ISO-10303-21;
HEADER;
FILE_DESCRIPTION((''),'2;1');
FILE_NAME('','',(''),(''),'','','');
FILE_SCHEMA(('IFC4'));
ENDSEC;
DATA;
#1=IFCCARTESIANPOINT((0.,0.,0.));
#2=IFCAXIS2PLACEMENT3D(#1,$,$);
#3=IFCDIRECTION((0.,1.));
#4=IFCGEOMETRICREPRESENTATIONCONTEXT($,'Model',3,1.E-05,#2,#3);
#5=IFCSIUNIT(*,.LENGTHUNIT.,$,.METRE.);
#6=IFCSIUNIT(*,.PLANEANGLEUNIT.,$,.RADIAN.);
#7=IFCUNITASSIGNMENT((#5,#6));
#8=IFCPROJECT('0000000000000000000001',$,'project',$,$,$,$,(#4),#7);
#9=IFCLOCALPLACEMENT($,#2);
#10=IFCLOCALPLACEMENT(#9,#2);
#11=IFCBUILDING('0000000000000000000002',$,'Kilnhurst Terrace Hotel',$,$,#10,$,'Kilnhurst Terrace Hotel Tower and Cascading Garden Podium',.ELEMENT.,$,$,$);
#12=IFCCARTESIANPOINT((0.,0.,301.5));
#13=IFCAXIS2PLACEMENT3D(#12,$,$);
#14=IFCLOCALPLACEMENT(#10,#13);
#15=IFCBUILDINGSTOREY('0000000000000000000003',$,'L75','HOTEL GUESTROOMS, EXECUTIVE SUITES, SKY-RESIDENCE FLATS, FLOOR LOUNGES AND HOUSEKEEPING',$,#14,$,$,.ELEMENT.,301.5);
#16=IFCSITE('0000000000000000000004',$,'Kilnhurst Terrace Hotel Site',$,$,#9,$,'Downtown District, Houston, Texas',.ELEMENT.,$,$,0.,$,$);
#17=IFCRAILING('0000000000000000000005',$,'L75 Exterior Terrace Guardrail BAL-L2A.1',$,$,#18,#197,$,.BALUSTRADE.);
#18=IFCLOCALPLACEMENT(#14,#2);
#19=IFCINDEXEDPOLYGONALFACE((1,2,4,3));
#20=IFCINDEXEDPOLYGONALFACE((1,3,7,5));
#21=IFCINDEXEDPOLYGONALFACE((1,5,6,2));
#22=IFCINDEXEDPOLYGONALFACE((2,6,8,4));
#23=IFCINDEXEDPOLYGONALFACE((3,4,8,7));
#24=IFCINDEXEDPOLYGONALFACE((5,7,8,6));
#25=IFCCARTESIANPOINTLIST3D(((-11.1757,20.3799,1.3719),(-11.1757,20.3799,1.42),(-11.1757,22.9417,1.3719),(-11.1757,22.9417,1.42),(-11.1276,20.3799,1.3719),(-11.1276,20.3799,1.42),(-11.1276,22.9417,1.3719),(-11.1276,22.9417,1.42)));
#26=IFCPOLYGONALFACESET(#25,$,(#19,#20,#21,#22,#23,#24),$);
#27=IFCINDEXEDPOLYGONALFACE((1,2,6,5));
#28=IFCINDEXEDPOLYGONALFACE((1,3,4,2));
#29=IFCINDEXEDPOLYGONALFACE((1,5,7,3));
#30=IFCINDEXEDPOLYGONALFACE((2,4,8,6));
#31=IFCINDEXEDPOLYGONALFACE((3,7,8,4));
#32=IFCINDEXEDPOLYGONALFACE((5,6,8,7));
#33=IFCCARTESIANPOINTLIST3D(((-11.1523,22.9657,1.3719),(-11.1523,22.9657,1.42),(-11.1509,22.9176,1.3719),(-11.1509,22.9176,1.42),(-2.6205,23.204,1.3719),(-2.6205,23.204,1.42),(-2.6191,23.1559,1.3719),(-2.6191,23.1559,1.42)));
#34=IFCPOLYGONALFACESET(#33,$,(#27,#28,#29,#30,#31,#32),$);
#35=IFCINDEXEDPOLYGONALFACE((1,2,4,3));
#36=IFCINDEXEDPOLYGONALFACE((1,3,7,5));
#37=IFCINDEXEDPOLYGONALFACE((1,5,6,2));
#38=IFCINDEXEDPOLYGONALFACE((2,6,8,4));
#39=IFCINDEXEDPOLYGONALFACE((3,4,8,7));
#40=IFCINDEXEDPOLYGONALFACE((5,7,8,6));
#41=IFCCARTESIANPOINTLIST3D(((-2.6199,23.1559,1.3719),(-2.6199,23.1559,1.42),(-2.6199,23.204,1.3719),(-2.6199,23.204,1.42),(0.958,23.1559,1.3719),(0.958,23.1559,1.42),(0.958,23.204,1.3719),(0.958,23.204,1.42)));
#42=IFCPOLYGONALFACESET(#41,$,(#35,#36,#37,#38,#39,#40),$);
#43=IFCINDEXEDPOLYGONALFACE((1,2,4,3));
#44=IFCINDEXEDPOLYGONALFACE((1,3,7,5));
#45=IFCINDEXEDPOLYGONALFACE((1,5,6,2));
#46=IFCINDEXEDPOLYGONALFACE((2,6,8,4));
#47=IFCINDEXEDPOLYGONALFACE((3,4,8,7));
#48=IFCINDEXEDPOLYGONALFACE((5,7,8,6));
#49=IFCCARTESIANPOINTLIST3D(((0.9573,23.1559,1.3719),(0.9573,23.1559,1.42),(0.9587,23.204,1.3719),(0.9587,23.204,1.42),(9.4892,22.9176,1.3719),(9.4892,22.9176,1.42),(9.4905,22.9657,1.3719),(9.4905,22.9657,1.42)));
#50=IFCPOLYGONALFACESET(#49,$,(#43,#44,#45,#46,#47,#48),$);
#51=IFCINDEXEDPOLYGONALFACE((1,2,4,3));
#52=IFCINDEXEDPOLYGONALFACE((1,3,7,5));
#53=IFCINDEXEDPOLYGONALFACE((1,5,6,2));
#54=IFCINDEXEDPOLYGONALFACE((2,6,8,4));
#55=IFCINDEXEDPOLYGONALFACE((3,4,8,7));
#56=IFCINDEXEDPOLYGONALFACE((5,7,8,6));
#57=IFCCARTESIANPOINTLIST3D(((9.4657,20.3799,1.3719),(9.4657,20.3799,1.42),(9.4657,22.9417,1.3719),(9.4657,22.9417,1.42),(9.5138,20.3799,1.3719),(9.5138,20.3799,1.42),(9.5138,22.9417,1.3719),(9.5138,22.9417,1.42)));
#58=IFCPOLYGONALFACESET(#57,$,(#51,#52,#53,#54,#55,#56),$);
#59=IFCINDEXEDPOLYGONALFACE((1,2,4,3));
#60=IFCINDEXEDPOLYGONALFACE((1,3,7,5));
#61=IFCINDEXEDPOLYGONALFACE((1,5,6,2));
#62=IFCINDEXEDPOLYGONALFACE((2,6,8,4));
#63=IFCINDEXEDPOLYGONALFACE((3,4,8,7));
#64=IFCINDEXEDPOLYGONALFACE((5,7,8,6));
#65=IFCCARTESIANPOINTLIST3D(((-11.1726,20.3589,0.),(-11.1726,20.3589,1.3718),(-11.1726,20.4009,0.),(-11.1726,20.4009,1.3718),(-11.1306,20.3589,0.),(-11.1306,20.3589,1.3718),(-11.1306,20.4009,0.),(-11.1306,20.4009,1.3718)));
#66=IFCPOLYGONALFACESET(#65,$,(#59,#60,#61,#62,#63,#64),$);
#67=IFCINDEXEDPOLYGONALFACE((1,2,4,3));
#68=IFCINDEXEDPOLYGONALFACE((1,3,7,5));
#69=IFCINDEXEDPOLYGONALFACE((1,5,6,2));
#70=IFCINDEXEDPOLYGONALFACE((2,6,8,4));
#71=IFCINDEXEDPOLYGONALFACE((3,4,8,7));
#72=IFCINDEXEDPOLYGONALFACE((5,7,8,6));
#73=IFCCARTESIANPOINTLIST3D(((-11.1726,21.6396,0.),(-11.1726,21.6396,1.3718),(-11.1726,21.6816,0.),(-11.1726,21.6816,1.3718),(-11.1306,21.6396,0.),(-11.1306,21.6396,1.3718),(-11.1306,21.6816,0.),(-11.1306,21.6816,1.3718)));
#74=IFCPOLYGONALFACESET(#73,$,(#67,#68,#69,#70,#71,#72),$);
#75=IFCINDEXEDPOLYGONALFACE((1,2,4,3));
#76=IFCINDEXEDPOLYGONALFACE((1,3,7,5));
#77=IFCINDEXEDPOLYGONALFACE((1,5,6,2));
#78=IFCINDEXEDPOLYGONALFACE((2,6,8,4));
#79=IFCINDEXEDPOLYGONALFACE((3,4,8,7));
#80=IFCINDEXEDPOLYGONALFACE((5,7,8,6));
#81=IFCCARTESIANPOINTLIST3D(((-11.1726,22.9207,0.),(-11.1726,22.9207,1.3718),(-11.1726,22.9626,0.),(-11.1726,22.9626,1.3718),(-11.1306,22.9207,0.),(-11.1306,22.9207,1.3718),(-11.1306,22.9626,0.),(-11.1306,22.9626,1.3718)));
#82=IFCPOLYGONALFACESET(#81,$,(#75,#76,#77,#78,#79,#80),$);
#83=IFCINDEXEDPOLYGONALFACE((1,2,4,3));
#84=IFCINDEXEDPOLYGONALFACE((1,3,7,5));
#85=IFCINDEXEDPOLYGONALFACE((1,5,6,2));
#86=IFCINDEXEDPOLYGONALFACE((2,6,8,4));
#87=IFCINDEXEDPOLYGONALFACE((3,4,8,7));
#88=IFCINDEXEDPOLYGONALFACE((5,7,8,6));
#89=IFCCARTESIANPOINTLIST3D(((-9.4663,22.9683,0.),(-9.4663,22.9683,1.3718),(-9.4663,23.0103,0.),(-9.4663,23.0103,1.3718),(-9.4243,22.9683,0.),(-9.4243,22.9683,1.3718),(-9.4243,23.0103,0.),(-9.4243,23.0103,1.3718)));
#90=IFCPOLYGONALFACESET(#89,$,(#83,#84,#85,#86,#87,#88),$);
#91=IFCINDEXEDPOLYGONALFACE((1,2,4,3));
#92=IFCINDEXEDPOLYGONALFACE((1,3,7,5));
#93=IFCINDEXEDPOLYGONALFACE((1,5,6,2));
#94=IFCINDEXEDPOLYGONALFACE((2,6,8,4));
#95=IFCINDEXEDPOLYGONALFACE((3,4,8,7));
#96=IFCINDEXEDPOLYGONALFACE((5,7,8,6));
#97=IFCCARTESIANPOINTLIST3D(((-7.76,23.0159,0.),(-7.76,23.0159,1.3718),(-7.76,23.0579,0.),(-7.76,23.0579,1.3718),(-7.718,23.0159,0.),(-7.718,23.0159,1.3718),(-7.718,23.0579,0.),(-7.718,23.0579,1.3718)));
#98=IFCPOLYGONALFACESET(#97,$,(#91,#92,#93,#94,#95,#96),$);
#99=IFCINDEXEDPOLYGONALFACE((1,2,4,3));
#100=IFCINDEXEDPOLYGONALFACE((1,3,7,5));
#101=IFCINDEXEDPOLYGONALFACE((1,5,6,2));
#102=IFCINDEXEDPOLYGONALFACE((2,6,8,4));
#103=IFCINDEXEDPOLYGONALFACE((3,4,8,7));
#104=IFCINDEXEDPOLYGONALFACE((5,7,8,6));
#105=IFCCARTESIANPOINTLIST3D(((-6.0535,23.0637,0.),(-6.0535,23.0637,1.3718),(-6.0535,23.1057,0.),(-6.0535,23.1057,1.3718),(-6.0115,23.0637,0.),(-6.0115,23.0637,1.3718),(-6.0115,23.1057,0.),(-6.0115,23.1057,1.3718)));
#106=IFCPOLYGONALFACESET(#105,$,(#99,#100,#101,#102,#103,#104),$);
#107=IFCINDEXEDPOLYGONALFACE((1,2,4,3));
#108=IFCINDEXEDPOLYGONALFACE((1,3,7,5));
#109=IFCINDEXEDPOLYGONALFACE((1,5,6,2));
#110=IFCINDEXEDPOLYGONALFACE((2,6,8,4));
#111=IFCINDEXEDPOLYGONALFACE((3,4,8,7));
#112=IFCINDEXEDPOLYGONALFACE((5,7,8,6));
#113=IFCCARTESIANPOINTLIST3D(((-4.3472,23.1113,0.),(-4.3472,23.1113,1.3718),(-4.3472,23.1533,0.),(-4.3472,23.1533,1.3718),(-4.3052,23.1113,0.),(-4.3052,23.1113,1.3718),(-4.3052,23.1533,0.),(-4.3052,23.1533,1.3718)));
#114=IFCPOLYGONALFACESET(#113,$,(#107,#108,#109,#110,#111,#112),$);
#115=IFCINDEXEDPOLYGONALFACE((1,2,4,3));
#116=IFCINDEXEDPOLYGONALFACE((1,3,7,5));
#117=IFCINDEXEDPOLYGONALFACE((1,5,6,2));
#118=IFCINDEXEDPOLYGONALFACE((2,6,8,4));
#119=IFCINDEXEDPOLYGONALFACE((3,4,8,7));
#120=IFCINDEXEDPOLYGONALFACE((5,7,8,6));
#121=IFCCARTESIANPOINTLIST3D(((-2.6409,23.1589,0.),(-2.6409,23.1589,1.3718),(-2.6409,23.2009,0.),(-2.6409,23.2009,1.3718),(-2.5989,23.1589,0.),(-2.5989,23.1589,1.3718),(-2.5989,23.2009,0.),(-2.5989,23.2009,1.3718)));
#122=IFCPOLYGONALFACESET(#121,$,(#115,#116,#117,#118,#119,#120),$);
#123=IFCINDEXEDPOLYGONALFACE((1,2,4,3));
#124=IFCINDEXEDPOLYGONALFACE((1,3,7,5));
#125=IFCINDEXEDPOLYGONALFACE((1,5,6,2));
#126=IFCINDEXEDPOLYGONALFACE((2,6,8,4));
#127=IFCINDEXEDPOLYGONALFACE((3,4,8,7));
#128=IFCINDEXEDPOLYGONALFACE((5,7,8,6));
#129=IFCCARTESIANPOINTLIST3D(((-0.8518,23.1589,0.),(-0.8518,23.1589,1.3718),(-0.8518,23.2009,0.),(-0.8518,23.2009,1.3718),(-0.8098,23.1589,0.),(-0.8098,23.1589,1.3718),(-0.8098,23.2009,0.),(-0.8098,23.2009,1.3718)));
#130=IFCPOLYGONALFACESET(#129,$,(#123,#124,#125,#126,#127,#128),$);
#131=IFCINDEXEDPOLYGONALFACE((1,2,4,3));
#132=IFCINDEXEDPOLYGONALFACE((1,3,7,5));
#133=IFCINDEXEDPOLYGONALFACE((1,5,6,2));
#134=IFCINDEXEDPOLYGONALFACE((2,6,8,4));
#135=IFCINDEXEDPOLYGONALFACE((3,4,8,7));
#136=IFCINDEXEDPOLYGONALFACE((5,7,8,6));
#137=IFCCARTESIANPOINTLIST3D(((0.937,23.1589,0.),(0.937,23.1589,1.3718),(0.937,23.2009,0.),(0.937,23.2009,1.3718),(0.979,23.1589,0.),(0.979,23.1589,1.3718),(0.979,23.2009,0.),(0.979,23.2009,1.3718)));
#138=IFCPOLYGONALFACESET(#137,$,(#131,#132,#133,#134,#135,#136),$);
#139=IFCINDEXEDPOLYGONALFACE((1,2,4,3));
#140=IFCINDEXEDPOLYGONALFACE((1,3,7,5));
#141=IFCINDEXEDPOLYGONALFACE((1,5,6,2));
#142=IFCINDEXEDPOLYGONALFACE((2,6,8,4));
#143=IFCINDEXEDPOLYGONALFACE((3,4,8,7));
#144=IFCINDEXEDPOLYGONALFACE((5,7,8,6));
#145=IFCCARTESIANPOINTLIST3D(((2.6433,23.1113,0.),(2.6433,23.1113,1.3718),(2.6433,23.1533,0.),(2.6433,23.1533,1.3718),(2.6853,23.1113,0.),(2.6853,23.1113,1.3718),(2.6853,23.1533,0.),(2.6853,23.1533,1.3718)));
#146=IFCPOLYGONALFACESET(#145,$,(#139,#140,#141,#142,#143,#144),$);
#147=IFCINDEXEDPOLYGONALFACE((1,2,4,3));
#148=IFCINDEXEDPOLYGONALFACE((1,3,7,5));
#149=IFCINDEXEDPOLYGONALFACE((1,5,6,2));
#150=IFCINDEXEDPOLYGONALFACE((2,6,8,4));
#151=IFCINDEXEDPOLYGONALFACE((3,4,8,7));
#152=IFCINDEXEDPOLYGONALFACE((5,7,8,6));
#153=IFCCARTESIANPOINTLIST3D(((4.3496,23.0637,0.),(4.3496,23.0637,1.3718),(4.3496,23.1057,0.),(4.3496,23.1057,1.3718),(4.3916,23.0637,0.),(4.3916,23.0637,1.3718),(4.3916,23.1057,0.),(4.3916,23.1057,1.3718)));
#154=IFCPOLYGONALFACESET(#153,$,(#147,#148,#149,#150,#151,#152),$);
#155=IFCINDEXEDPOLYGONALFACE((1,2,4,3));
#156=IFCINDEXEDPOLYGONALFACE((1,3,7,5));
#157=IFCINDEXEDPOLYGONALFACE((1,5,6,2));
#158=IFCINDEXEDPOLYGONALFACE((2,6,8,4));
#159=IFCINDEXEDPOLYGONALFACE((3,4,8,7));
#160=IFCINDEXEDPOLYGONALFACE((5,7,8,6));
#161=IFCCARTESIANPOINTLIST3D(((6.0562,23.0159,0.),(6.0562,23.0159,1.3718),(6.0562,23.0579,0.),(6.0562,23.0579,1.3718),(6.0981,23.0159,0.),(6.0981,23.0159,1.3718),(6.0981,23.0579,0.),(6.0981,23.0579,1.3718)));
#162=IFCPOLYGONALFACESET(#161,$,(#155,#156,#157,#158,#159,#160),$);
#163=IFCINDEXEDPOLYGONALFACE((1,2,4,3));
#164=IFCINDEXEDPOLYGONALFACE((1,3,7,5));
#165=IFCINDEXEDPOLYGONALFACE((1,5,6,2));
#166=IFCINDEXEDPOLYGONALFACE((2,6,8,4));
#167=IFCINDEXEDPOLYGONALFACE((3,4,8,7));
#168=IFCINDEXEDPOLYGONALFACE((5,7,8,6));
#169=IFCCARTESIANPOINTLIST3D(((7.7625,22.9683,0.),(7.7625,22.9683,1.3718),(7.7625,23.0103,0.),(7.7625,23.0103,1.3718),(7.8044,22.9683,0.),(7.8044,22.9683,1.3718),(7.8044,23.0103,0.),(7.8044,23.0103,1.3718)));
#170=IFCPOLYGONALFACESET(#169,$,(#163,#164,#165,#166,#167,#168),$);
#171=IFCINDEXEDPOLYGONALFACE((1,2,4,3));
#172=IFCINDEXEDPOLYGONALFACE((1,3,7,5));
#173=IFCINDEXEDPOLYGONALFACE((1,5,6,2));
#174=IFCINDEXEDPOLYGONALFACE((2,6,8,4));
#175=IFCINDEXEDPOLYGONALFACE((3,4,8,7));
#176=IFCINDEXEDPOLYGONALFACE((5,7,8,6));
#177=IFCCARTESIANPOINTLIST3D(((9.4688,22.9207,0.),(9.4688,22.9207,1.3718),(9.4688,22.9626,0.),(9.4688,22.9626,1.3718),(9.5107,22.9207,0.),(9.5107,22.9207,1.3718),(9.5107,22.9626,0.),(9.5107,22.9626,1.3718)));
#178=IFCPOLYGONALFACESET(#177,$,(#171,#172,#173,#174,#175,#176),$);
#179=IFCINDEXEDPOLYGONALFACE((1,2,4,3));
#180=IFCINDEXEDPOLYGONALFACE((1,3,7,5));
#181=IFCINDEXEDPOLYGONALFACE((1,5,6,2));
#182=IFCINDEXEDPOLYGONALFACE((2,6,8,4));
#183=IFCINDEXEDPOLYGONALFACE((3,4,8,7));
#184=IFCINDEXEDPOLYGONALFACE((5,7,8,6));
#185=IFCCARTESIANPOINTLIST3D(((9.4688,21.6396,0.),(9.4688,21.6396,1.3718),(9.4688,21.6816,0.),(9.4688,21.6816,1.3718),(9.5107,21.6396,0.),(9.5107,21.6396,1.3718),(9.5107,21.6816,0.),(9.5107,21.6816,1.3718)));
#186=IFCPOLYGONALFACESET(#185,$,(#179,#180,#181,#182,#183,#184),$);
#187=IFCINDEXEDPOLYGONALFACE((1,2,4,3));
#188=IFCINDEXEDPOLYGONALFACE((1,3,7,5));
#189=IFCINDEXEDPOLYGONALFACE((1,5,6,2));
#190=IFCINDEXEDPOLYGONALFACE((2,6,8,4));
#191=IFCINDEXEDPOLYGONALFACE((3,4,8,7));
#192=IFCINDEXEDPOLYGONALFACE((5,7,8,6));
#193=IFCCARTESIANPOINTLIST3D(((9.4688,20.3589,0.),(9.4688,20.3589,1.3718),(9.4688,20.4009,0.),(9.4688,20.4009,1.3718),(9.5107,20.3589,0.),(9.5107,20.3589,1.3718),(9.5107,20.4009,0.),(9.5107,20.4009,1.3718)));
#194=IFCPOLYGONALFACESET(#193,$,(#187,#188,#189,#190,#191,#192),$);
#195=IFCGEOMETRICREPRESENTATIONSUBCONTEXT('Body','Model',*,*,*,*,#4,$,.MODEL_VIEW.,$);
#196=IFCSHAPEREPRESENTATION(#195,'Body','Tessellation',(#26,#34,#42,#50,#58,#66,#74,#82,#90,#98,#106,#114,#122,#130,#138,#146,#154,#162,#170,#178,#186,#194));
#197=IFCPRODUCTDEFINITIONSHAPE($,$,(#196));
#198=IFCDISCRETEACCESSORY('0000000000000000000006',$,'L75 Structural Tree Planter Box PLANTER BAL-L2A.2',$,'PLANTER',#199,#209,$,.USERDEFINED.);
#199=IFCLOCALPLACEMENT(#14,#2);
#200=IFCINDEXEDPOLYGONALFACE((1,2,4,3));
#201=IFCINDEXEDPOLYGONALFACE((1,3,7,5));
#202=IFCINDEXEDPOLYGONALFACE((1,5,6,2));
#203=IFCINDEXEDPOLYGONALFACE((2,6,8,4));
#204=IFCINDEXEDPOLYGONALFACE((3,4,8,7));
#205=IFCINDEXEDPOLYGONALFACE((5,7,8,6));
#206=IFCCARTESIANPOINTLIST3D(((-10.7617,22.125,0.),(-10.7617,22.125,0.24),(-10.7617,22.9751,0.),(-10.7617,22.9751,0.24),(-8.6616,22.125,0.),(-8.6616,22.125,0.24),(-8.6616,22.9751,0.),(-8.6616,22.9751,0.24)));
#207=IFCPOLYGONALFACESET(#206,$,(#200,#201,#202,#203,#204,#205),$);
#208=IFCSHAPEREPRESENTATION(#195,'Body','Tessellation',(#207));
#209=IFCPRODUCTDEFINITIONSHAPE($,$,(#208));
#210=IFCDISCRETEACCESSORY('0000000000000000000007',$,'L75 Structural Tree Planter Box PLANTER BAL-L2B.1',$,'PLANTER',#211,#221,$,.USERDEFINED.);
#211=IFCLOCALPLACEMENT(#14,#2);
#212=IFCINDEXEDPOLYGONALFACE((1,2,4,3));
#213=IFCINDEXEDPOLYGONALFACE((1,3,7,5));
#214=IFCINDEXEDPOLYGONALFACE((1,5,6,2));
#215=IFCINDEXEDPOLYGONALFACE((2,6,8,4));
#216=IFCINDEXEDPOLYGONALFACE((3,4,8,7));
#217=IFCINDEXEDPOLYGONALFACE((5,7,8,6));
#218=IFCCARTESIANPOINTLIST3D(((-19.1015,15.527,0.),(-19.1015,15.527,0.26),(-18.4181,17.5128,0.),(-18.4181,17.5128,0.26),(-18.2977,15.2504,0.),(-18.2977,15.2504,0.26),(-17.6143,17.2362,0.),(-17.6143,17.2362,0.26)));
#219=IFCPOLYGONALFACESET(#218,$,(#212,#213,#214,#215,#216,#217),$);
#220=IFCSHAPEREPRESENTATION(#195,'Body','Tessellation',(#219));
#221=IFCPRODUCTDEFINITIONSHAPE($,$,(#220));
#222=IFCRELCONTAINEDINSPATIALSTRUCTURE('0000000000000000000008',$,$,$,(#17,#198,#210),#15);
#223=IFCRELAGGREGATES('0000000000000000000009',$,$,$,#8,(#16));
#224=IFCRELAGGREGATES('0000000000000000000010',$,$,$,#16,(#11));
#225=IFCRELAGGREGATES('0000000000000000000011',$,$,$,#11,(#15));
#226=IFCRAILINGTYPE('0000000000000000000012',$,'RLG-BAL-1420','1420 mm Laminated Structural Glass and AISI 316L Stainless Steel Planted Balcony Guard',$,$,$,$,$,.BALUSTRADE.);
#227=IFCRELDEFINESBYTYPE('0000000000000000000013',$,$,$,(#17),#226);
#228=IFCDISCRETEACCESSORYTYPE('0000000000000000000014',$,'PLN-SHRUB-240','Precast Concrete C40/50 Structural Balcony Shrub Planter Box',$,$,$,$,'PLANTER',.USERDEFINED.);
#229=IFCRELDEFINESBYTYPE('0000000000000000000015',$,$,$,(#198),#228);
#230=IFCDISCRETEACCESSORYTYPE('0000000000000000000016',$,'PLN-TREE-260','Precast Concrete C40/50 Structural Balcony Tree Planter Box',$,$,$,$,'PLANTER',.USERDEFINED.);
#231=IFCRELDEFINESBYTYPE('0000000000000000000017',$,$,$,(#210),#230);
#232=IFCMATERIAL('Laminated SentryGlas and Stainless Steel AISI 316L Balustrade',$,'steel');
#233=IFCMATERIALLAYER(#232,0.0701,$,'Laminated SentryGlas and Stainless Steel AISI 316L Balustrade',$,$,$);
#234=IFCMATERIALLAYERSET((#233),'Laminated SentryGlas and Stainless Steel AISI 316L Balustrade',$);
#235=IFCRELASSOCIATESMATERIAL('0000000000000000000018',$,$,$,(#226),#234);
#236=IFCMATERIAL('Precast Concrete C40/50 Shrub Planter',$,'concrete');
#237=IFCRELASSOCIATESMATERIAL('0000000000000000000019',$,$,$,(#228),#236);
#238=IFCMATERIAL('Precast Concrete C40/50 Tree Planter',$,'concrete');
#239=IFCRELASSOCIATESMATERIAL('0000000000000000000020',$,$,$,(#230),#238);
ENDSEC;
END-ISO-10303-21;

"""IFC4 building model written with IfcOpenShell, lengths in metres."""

from ifc_helpers import new_model, si_unit, direction, frame, origin, origin_2d, place, context, subcontext, project, spatial, rectangle, extrude, material, layer, layer_set, type_object, element, save


model = new_model("IFC4")

# Units and contexts
model_context = context("Model", 3, precision=1e-05, world=origin(), true_north=direction((0.0, 1.0)))
body_context = subcontext(model_context, "Body", "Model", "MODEL_VIEW")
ifc_project = project(units=[si_unit("LENGTHUNIT", "METRE"), si_unit("PLANEANGLEUNIT", "RADIAN")], contexts=[model_context])

# Site, building, storey
site_placement = place(None, origin())
site = spatial("IfcSite", under=ifc_project, at=site_placement, Name="Kilnhurst Terrace Hotel Site", LongName="Downtown District, Houston, Texas", CompositionType="ELEMENT", RefElevation=0.0)
building_placement = place(site_placement, origin())
building = spatial("IfcBuilding", under=site, at=building_placement, Name="Kilnhurst Terrace Hotel", LongName="Kilnhurst Terrace Hotel Tower and Cascading Garden Podium", CompositionType="ELEMENT")
storey_placement = place(building_placement, frame((0.0, 0.0, 301.5)))
storey = spatial("IfcBuildingStorey", under=building, at=storey_placement, Name="L75", Description="HOTEL GUESTROOMS, EXECUTIVE SUITES, SKY-RESIDENCE FLATS, FLOOR LOUNGES AND HOUSEKEEPING", CompositionType="ELEMENT", Elevation=301.5)

# Railing
ifc_material_1 = material(Name="Laminated SentryGlas and Stainless Steel AISI 316L Balustrade", Category="steel")
ifc_layer_1 = layer(ifc_material_1, 0.0701, Name="Laminated SentryGlas and Stainless Steel AISI 316L Balustrade")
ifc_layer_set_1 = layer_set([ifc_layer_1], Name="Laminated SentryGlas and Stainless Steel AISI 316L Balustrade")
railing_type = type_object("IfcRailingType", Name="RLG-BAL-1420", Description="1420 mm Laminated Structural Glass and AISI 316L Stainless Steel Planted Balcony Guard", PredefinedType="BALUSTRADE", material=ifc_layer_set_1)
railing_placement = place(storey_placement, frame((-11.1516, 20.3799, 0.0)))
element("IfcRailing", 1, at=railing_placement, inside=storey, type_object=railing_type, Name="L75 Exterior Terrace Guardrail BAL-L2A.1", PredefinedType="BALUSTRADE", context=body_context, shape_type="SweptSolid", body=[
    extrude(rectangle(XDim=0.0481, YDim=0.0481, at=origin_2d()), frame((0.0, 0.0, 1.396), z_axis=(0.0, 1.0, 0.0), x_axis=(-1.0, 0.0, 0.0)), (0.0, 0.0, 1.0), 2.5618),
    extrude(rectangle(XDim=0.0481, YDim=0.0481, at=origin_2d()), frame((0.0, 2.5618, 1.396), z_axis=(0.99961, 0.027918, 0.0), x_axis=(-0.027918, 0.99961, 0.0)), (0.0, 0.0, 1.0), 8.5352),
    extrude(rectangle(XDim=0.0481, YDim=0.0481, at=origin_2d()), frame((8.5317, 2.8, 1.396), z_axis=(1.0, 0.0, 0.0), x_axis=(0.0, 1.0, 0.0)), (0.0, 0.0, 1.0), 3.5779),
    extrude(rectangle(XDim=0.0481, YDim=0.0481, at=origin_2d()), frame((12.1096, 2.8, 1.396), z_axis=(0.99961, -0.027918, 0.0), x_axis=(0.027918, 0.99961, 0.0)), (0.0, 0.0, 1.0), 8.5352),
    extrude(rectangle(XDim=0.0481, YDim=0.0481, at=origin_2d()), frame((20.6414, 2.5618, 1.396), z_axis=(0.0, -1.0, 0.0), x_axis=(1.0, 0.0, 0.0)), (0.0, 0.0, 1.0), 2.5618),
    extrude(rectangle(XDim=0.042, YDim=0.042, at=origin_2d()), origin(), (0.0, 0.0, 1.0), 1.3718),
    extrude(rectangle(XDim=0.042, YDim=0.042, at=origin_2d()), frame((0.0, 1.2808, 0.0)), (0.0, 0.0, 1.0), 1.3718),
    extrude(rectangle(XDim=0.042, YDim=0.042, at=origin_2d()), frame((0.0, 2.5618, 0.0)), (0.0, 0.0, 1.0), 1.3718),
    extrude(rectangle(XDim=0.042, YDim=0.042, at=origin_2d()), frame((1.7063, 2.6094, 0.0)), (0.0, 0.0, 1.0), 1.3718),
    extrude(rectangle(XDim=0.042, YDim=0.042, at=origin_2d()), frame((3.4126, 2.657, 0.0)), (0.0, 0.0, 1.0), 1.3718),
    extrude(rectangle(XDim=0.042, YDim=0.042, at=origin_2d()), frame((5.1191, 2.7048, 0.0)), (0.0, 0.0, 1.0), 1.3718),
    extrude(rectangle(XDim=0.042, YDim=0.042, at=origin_2d()), frame((6.8254, 2.7524, 0.0)), (0.0, 0.0, 1.0), 1.3718),
    extrude(rectangle(XDim=0.042, YDim=0.042, at=origin_2d()), frame((8.5317, 2.8, 0.0)), (0.0, 0.0, 1.0), 1.3718),
    extrude(rectangle(XDim=0.042, YDim=0.042, at=origin_2d()), frame((10.3208, 2.8, 0.0)), (0.0, 0.0, 1.0), 1.3718),
    extrude(rectangle(XDim=0.042, YDim=0.042, at=origin_2d()), frame((12.1096, 2.8, 0.0)), (0.0, 0.0, 1.0), 1.3718),
    extrude(rectangle(XDim=0.042, YDim=0.042, at=origin_2d()), frame((13.8159, 2.7524, 0.0)), (0.0, 0.0, 1.0), 1.3718),
    extrude(rectangle(XDim=0.042, YDim=0.042, at=origin_2d()), frame((15.5222, 2.7048, 0.0)), (0.0, 0.0, 1.0), 1.3718),
    extrude(rectangle(XDim=0.042, YDim=0.042, at=origin_2d()), frame((17.2288, 2.657, 0.0)), (0.0, 0.0, 1.0), 1.3718),
    extrude(rectangle(XDim=0.042, YDim=0.042, at=origin_2d()), frame((18.9351, 2.6094, 0.0)), (0.0, 0.0, 1.0), 1.3718),
    extrude(rectangle(XDim=0.042, YDim=0.042, at=origin_2d()), frame((20.6414, 2.5618, 0.0)), (0.0, 0.0, 1.0), 1.3718),
    extrude(rectangle(XDim=0.042, YDim=0.042, at=origin_2d()), frame((20.6414, 1.2808, 0.0)), (0.0, 0.0, 1.0), 1.3718),
    extrude(rectangle(XDim=0.042, YDim=0.042, at=origin_2d()), frame((20.6414, 0.0, 0.0)), (0.0, 0.0, 1.0), 1.3718),
])

# Discrete accessories
ifc_material_2 = material(Name="Precast Concrete C40/50 Shrub Planter", Category="concrete")
discrete_accessory_type_1 = type_object("IfcDiscreteAccessoryType", Name="PLN-SHRUB-240", Description="Precast Concrete C40/50 Structural Balcony Shrub Planter Box", ElementType="PLANTER", PredefinedType="USERDEFINED", material=ifc_material_2)
discrete_accessory_1_placement = place(storey_placement, frame((-9.7117, 22.55, 0.0), z_axis=(0.0, 0.0, 1.0), x_axis=(-1.0, 0.0, 0.0)))
element("IfcDiscreteAccessory", 2, at=discrete_accessory_1_placement, inside=storey, type_object=discrete_accessory_type_1, Name="L75 Structural Tree Planter Box PLANTER BAL-L2A.2", ObjectType="PLANTER", PredefinedType="USERDEFINED", context=body_context, shape_type="SweptSolid", body=[
    extrude(rectangle(XDim=2.1001, YDim=0.8501, at=origin_2d()), origin(), (0.0, 0.0, 1.0), 0.24),
])
ifc_material_3 = material(Name="Precast Concrete C40/50 Tree Planter", Category="concrete")
discrete_accessory_type_2 = type_object("IfcDiscreteAccessoryType", Name="PLN-TREE-260", Description="Precast Concrete C40/50 Structural Balcony Tree Planter Box", ElementType="PLANTER", PredefinedType="USERDEFINED", material=ifc_material_3)
discrete_accessory_2_placement = place(storey_placement, frame((-18.3579, 16.3816, 0.0), z_axis=(0.0, 0.0, 1.0), x_axis=(-0.325403, -0.945575, 0.0)))
element("IfcDiscreteAccessory", 3, at=discrete_accessory_2_placement, inside=storey, type_object=discrete_accessory_type_2, Name="L75 Structural Tree Planter Box PLANTER BAL-L2B.1", ObjectType="PLANTER", PredefinedType="USERDEFINED", context=body_context, shape_type="SweptSolid", body=[
    extrude(rectangle(XDim=2.1001, YDim=0.8501, at=origin_2d()), origin(), (0.0, 0.0, 1.0), 0.26),
])

save(model, "model.ifc")
